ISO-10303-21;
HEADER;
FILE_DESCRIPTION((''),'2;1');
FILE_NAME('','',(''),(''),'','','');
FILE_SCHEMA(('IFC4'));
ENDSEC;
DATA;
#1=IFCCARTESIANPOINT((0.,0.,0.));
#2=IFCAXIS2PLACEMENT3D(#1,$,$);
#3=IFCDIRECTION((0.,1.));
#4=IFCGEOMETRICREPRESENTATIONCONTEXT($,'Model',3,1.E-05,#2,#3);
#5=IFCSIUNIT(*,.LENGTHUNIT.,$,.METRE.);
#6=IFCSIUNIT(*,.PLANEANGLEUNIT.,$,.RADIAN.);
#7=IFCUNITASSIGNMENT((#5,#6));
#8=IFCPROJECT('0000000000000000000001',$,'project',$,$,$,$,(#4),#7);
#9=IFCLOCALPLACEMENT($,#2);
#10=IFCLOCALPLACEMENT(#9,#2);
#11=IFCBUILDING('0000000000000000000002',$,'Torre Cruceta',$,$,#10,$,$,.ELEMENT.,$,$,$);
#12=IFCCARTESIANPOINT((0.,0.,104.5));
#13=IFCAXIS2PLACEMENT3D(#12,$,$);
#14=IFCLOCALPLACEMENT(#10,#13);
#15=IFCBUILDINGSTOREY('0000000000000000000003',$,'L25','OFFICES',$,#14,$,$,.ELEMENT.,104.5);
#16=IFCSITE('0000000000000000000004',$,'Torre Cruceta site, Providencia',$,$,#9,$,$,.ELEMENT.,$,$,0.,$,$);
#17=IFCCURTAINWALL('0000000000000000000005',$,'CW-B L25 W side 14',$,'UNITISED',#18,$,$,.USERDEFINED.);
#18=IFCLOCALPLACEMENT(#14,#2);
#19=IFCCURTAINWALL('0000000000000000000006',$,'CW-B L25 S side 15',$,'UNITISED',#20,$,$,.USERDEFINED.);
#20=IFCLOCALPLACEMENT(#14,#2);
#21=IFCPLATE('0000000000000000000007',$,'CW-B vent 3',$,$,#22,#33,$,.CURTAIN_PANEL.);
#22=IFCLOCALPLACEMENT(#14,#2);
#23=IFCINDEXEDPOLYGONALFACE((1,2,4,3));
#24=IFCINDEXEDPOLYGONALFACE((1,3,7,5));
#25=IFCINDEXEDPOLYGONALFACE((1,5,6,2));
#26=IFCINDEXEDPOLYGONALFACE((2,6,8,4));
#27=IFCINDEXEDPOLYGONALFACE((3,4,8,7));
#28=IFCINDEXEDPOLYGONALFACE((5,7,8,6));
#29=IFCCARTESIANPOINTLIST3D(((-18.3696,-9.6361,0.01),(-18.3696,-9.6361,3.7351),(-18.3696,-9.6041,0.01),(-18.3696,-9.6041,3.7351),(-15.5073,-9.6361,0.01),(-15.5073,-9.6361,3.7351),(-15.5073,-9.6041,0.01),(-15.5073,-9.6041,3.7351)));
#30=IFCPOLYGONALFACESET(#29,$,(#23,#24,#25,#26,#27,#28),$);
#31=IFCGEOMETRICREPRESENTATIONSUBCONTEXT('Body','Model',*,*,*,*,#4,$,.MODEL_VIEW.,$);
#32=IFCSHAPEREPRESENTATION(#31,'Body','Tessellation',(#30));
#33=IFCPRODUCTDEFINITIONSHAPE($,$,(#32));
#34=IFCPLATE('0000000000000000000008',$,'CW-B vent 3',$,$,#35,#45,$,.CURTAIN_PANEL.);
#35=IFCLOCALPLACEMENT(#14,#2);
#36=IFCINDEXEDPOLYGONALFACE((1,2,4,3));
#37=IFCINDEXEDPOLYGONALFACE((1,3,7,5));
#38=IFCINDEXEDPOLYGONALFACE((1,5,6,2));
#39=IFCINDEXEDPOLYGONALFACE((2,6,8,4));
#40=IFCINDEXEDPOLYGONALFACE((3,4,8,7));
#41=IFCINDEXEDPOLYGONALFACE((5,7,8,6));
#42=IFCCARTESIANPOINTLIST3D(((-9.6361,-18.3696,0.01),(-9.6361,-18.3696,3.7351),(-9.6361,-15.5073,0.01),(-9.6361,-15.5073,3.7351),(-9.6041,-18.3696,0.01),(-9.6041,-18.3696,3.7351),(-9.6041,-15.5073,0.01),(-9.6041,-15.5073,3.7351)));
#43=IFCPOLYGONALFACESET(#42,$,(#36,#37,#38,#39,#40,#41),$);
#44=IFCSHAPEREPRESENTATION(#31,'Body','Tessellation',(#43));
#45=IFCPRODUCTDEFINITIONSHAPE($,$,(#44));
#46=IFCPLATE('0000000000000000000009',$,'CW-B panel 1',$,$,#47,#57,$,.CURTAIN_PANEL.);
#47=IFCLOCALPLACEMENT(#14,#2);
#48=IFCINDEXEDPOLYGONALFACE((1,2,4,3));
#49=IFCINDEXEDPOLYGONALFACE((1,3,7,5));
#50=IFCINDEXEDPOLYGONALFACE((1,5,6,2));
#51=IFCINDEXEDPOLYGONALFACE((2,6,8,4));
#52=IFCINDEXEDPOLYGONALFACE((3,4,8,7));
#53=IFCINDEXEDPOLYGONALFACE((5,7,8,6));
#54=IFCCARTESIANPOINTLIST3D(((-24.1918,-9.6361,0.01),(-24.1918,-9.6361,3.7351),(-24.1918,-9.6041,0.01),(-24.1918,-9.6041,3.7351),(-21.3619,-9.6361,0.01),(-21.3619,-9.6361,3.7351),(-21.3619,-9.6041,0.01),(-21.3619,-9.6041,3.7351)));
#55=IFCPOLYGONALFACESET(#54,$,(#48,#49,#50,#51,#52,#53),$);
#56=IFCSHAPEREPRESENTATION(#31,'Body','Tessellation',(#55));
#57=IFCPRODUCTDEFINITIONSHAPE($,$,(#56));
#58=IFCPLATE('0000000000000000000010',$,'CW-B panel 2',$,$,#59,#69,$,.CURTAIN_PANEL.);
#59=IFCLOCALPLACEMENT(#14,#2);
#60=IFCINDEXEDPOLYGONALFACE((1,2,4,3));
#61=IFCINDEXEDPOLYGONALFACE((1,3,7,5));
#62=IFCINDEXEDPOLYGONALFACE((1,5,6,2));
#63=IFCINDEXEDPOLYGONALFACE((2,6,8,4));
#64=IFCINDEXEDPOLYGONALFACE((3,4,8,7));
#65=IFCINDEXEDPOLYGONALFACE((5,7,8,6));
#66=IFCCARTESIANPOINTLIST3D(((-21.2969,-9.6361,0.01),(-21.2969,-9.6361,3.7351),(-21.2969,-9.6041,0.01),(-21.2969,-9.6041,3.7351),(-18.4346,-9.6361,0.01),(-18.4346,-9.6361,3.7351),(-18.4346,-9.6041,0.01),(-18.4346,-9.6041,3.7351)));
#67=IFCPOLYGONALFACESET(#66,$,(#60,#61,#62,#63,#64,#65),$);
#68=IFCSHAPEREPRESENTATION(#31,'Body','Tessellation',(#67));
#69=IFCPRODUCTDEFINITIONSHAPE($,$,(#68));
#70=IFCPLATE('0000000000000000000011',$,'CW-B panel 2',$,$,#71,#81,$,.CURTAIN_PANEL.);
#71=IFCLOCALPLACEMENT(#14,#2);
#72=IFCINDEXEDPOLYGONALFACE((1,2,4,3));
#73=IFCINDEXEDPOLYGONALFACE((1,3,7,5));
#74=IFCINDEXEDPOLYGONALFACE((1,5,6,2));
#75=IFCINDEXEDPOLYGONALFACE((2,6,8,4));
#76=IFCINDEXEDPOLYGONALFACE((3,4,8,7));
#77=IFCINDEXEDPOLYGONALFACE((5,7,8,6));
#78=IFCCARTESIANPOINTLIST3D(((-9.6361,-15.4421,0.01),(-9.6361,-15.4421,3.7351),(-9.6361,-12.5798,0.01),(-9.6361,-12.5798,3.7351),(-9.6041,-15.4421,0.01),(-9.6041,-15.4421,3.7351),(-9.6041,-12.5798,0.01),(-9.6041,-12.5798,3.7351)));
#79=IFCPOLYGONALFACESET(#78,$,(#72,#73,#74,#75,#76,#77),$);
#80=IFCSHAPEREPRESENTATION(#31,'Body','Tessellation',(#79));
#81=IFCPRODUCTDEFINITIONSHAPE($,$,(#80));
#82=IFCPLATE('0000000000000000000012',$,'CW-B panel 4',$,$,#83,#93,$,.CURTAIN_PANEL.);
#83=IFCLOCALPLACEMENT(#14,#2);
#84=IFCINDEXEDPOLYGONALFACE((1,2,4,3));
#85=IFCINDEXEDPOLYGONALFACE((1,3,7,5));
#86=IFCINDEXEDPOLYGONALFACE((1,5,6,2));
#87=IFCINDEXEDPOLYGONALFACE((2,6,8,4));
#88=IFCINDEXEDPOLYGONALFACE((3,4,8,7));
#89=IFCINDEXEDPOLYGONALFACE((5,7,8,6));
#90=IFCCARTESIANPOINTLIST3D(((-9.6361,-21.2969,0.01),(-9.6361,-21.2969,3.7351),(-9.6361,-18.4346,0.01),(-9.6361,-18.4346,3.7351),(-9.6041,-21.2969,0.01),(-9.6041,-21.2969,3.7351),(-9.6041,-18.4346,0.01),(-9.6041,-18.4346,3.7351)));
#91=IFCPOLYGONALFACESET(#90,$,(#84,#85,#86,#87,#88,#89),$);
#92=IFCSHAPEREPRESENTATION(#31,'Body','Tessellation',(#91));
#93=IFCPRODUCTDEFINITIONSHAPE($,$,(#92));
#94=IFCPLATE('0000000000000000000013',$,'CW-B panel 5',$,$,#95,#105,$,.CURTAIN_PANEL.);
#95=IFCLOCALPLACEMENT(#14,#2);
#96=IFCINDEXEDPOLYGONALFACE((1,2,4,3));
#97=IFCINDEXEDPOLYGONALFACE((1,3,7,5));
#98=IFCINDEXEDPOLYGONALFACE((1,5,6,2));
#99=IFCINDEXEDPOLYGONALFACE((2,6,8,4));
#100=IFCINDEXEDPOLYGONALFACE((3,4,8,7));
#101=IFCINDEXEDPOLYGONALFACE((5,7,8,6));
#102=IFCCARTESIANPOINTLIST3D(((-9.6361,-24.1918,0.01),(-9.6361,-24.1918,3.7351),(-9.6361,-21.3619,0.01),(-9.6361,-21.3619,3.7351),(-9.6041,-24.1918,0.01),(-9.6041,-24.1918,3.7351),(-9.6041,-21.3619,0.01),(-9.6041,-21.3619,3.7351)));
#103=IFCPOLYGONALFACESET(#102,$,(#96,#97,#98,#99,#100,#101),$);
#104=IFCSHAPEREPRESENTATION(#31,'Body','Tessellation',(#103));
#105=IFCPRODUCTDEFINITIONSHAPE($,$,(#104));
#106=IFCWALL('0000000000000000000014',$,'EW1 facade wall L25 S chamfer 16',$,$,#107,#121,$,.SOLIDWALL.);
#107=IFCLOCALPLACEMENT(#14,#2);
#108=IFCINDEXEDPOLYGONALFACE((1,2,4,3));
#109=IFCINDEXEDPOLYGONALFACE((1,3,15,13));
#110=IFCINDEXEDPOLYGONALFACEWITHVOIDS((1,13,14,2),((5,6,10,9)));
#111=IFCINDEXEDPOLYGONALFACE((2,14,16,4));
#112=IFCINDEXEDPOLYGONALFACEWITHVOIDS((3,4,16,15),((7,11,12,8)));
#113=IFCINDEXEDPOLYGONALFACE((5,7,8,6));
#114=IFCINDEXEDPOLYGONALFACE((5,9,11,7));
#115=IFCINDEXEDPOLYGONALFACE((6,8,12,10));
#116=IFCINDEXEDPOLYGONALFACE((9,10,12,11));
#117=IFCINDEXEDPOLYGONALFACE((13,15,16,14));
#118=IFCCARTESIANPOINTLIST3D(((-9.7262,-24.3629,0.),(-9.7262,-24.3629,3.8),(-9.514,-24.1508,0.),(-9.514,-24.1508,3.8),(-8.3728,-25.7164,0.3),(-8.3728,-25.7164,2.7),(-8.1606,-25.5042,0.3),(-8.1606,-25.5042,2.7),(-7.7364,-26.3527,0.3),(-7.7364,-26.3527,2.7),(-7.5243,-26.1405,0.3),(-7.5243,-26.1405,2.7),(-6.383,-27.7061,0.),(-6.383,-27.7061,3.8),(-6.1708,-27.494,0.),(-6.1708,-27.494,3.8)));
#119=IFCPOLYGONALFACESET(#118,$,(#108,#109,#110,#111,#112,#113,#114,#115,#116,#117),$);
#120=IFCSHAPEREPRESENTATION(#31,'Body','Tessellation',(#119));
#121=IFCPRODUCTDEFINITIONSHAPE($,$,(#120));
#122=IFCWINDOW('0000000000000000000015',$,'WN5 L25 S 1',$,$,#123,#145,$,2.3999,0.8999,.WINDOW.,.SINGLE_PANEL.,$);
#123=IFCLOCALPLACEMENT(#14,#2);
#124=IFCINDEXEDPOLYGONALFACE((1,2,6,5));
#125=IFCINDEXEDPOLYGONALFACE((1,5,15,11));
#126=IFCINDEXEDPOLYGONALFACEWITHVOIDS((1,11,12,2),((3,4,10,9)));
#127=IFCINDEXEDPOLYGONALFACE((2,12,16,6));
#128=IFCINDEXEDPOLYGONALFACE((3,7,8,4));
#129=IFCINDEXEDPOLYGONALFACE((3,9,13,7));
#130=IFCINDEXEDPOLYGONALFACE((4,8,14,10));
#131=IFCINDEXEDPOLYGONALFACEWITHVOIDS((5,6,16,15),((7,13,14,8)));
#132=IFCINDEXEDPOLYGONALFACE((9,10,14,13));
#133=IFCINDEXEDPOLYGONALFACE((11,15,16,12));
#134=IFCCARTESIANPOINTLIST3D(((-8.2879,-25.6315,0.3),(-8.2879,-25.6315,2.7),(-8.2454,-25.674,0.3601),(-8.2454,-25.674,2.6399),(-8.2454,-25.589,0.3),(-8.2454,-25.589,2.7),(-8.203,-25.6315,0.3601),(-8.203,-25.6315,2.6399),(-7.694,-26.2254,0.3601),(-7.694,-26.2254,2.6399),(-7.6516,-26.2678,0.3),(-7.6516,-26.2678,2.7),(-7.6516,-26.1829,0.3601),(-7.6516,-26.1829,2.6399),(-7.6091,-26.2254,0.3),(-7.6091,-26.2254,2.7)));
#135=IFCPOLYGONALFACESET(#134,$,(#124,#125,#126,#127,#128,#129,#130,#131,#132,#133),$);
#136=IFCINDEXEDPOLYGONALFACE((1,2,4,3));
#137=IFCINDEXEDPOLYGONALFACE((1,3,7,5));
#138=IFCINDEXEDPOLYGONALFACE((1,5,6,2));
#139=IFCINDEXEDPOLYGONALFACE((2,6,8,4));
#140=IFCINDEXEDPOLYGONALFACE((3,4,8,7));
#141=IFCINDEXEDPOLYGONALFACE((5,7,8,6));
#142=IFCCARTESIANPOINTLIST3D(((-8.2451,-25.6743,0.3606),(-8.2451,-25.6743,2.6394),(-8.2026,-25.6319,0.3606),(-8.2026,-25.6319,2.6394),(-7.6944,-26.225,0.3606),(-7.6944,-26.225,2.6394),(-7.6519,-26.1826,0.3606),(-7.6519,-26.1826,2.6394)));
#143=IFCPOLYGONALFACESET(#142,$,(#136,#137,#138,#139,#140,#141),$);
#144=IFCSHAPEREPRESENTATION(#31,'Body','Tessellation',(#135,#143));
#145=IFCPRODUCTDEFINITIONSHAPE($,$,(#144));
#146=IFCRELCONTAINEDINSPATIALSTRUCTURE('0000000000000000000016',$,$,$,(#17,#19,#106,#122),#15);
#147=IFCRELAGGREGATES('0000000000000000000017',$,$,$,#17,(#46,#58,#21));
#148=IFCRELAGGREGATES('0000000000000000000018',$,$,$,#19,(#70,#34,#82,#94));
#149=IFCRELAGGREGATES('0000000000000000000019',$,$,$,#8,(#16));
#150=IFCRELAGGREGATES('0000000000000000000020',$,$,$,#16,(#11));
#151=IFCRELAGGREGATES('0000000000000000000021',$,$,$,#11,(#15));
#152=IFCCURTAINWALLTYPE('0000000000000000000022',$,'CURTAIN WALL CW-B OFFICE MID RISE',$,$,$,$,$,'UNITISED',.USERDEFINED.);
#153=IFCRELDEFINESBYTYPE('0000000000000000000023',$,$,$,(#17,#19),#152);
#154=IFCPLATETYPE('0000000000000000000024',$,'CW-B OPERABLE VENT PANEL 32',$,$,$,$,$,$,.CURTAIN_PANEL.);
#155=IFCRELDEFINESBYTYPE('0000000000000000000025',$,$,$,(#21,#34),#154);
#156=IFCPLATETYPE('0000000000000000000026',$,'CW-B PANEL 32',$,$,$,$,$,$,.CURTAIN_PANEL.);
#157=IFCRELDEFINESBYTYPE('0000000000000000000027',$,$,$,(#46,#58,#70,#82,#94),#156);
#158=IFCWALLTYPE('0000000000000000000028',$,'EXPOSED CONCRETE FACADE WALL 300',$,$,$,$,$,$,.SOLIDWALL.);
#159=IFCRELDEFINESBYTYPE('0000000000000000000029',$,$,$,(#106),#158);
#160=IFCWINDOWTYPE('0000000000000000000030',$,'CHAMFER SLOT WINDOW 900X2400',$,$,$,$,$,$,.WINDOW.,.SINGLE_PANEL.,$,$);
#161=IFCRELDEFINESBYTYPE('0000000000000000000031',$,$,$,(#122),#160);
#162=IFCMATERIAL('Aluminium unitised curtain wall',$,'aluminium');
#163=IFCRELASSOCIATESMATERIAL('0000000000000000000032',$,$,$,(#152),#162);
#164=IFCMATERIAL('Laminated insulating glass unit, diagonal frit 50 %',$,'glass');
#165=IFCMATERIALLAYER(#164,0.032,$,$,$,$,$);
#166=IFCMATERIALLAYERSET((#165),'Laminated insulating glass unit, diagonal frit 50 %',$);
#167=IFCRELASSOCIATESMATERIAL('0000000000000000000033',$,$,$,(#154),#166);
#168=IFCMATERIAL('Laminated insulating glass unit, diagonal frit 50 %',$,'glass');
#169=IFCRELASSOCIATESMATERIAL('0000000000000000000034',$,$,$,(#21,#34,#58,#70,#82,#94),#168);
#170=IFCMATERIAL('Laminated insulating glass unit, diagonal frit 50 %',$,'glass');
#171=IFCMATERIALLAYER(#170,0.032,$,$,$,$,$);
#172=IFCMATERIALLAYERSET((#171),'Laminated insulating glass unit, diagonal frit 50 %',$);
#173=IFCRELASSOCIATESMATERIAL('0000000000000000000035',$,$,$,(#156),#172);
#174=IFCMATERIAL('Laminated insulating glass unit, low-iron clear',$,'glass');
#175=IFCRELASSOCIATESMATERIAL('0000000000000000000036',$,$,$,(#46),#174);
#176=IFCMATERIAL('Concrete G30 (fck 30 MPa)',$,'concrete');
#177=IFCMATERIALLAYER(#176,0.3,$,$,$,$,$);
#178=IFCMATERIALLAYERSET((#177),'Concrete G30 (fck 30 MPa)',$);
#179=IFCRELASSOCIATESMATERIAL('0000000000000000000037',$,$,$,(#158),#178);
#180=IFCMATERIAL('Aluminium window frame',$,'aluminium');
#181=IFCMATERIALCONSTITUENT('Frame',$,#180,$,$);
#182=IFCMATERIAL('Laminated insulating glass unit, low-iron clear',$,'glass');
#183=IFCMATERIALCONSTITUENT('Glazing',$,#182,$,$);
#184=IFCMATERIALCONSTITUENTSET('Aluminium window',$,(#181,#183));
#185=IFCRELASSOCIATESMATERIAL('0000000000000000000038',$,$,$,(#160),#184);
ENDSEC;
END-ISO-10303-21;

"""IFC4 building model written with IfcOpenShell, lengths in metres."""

from ifc_helpers import new_model, si_unit, direction, frame, frame_2d, origin, origin_2d, place, context, subcontext, project, spatial, rectangle, hollow_rectangle, extrude, material, layer, layer_set, constituent, constituent_set, type_object, element, fill, aggregate, save


model = new_model("IFC4")

# Units and contexts
model_context = context("Model", 3, precision=1e-05, world=origin(), true_north=direction((0.0, 1.0)))
body_context = subcontext(model_context, "Body", "Model", "MODEL_VIEW")
ifc_project = project(units=[si_unit("LENGTHUNIT", "METRE"), si_unit("PLANEANGLEUNIT", "RADIAN")], contexts=[model_context])

# Site, building, storey
site_placement = place(None, origin())
site = spatial("IfcSite", under=ifc_project, at=site_placement, Name="Torre Cruceta site, Providencia", CompositionType="ELEMENT", RefElevation=0.0)
building_placement = place(site_placement, origin())
building = spatial("IfcBuilding", under=site, at=building_placement, Name="Torre Cruceta", CompositionType="ELEMENT")
storey_placement = place(building_placement, frame((0.0, 0.0, 104.5)))
storey = spatial("IfcBuildingStorey", under=building, at=storey_placement, Name="L25", Description="OFFICES", CompositionType="ELEMENT", Elevation=104.5)

# Curtain walls
ifc_material_1 = material(Name="Aluminium unitised curtain wall", Category="aluminium")
curtain_wall_type = type_object("IfcCurtainWallType", Name="CURTAIN WALL CW-B OFFICE MID RISE", ElementType="UNITISED", PredefinedType="USERDEFINED", material=ifc_material_1)
curtain_wall_1_placement = place(storey_placement, origin())
curtain_wall_1 = element("IfcCurtainWall", 1, at=curtain_wall_1_placement, inside=storey, type_object=curtain_wall_type, Name="CW-B L25 W side 14", ObjectType="UNITISED", PredefinedType="USERDEFINED")
curtain_wall_2_placement = place(storey_placement, origin())
curtain_wall_2 = element("IfcCurtainWall", 2, at=curtain_wall_2_placement, inside=storey, type_object=curtain_wall_type, Name="CW-B L25 S side 15", ObjectType="UNITISED", PredefinedType="USERDEFINED")

# Plates
ifc_material_2 = material(Name="Laminated insulating glass unit, diagonal frit 50 %", Category="glass")
ifc_material_3 = material(Name="Laminated insulating glass unit, diagonal frit 50 %", Category="glass")
ifc_layer_1 = layer(ifc_material_3, 0.032)
ifc_layer_set_1 = layer_set([ifc_layer_1], Name="Laminated insulating glass unit, diagonal frit 50 %")
plate_type_1 = type_object("IfcPlateType", Name="CW-B OPERABLE VENT PANEL 32", PredefinedType="CURTAIN_PANEL", material=ifc_layer_set_1)
plate_1_placement = place(storey_placement, frame((-16.9385, -9.6201, 0.01), z_axis=(0.0, 0.0, 1.0), x_axis=(1.0, 0.0, 0.0)))
plate_1 = element("IfcPlate", 3, at=plate_1_placement, type_object=plate_type_1, material=ifc_material_2, Name="CW-B vent 3", PredefinedType="CURTAIN_PANEL", context=body_context, shape_type="SweptSolid", body=[
    extrude(rectangle(XDim=2.8623, YDim=0.032, at=origin_2d()), origin(), (0.0, 0.0, 1.0), 3.7251),
])
plate_2_placement = place(storey_placement, frame((-9.6201, -16.9385, 0.01), z_axis=(0.0, 0.0, 1.0), x_axis=(0.0, -1.0, 0.0)))
plate_2 = element("IfcPlate", 4, at=plate_2_placement, type_object=plate_type_1, material=ifc_material_2, Name="CW-B vent 3", PredefinedType="CURTAIN_PANEL", context=body_context, shape_type="SweptSolid", body=[
    extrude(rectangle(XDim=2.8623, YDim=0.032, at=origin_2d()), origin(), (0.0, 0.0, 1.0), 3.7251),
])
ifc_material_4 = material(Name="Laminated insulating glass unit, low-iron clear", Category="glass")
ifc_material_5 = material(Name="Laminated insulating glass unit, diagonal frit 50 %", Category="glass")
ifc_layer_2 = layer(ifc_material_5, 0.032)
ifc_layer_set_2 = layer_set([ifc_layer_2], Name="Laminated insulating glass unit, diagonal frit 50 %")
plate_type_2 = type_object("IfcPlateType", Name="CW-B PANEL 32", PredefinedType="CURTAIN_PANEL", material=ifc_layer_set_2)
plate_3_placement = place(storey_placement, frame((-22.7769, -9.6201, 0.01), z_axis=(0.0, 0.0, 1.0), x_axis=(1.0, 0.0, 0.0)))
plate_3 = element("IfcPlate", 5, at=plate_3_placement, type_object=plate_type_2, material=ifc_material_4, Name="CW-B panel 1", PredefinedType="CURTAIN_PANEL", context=body_context, shape_type="SweptSolid", body=[
    extrude(rectangle(XDim=2.8298, YDim=0.032, at=origin_2d()), origin(), (0.0, 0.0, 1.0), 3.7251),
])
plate_4_placement = place(storey_placement, frame((-19.8657, -9.6201, 0.01), z_axis=(0.0, 0.0, 1.0), x_axis=(1.0, 0.0, 0.0)))
plate_4 = element("IfcPlate", 6, at=plate_4_placement, type_object=plate_type_2, material=ifc_material_2, Name="CW-B panel 2", PredefinedType="CURTAIN_PANEL", context=body_context, shape_type="SweptSolid", body=[
    extrude(rectangle(XDim=2.8623, YDim=0.032, at=origin_2d()), origin(), (0.0, 0.0, 1.0), 3.7251),
])
aggregate(curtain_wall_1, [plate_3, plate_4, plate_1])
plate_5_placement = place(storey_placement, frame((-9.6201, -14.011, 0.01), z_axis=(0.0, 0.0, 1.0), x_axis=(0.0, -1.0, 0.0)))
plate_5 = element("IfcPlate", 7, at=plate_5_placement, type_object=plate_type_2, material=ifc_material_2, Name="CW-B panel 2", PredefinedType="CURTAIN_PANEL", context=body_context, shape_type="SweptSolid", body=[
    extrude(rectangle(XDim=2.8623, YDim=0.032, at=origin_2d()), origin(), (0.0, 0.0, 1.0), 3.7251),
])
plate_6_placement = place(storey_placement, frame((-9.6201, -19.8657, 0.01), z_axis=(0.0, 0.0, 1.0), x_axis=(0.0, -1.0, 0.0)))
plate_6 = element("IfcPlate", 8, at=plate_6_placement, type_object=plate_type_2, material=ifc_material_2, Name="CW-B panel 4", PredefinedType="CURTAIN_PANEL", context=body_context, shape_type="SweptSolid", body=[
    extrude(rectangle(XDim=2.8623, YDim=0.032, at=origin_2d()), origin(), (0.0, 0.0, 1.0), 3.7251),
])
plate_7_placement = place(storey_placement, frame((-9.6201, -22.7769, 0.01), z_axis=(0.0, 0.0, 1.0), x_axis=(0.0, -1.0, 0.0)))
plate_7 = element("IfcPlate", 9, at=plate_7_placement, type_object=plate_type_2, material=ifc_material_2, Name="CW-B panel 5", PredefinedType="CURTAIN_PANEL", context=body_context, shape_type="SweptSolid", body=[
    extrude(rectangle(XDim=2.8298, YDim=0.032, at=origin_2d()), origin(), (0.0, 0.0, 1.0), 3.7251),
])
aggregate(curtain_wall_2, [plate_5, plate_2, plate_6, plate_7])

# Wall, opening, window
ifc_material_6 = material(Name="Concrete G30 (fck 30 MPa)", Category="concrete")
ifc_layer_3 = layer(ifc_material_6, 0.3)
ifc_layer_set_3 = layer_set([ifc_layer_3], Name="Concrete G30 (fck 30 MPa)")
wall_type = type_object("IfcWallType", Name="EXPOSED CONCRETE FACADE WALL 300", PredefinedType="SOLIDWALL", material=ifc_layer_set_3)
wall_placement = place(storey_placement, frame((-9.6201, -24.2568, 0.0), z_axis=(0.0, 0.0, 1.0), x_axis=(0.707107, -0.707107, 0.0)))
wall = element("IfcWall", 10, at=wall_placement, inside=storey, type_object=wall_type, Name="EW1 facade wall L25 S chamfer 16", PredefinedType="SOLIDWALL", context=body_context, shape_type="SweptSolid", body=[
    extrude(rectangle(XDim=4.728, YDim=0.3, at=frame_2d((2.364, 0.0))), origin(), (0.0, 0.0, 1.0), 3.8),
])
opening_placement = place(wall_placement, frame((1.9141, 0.0, 0.3)))
opening = element("IfcOpeningElement", 11, at=opening_placement, cuts=wall, PredefinedType="OPENING", context=body_context, shape_type="SweptSolid", body=[
    extrude(rectangle(XDim=0.8999, YDim=2.3999, at=frame_2d((0.45, 1.2))), frame((0.0, 0.1599, 0.0), z_axis=(0.0, -1.0, 0.0), x_axis=(1.0, 0.0, 0.0)), (0.0, 0.0, 1.0), 0.3201),
])
ifc_material_7 = material(Name="Aluminium window frame", Category="aluminium")
ifc_constituent_1 = constituent(ifc_material_7, Name="Frame")
ifc_material_8 = material(Name="Laminated insulating glass unit, low-iron clear", Category="glass")
ifc_constituent_2 = constituent(ifc_material_8, Name="Glazing")
ifc_constituent_set = constituent_set(constituents=[ifc_constituent_1, ifc_constituent_2], Name="Aluminium window")
window_type = type_object("IfcWindowType", Name="CHAMFER SLOT WINDOW 900X2400", PartitioningType="SINGLE_PANEL", PredefinedType="WINDOW", material=ifc_constituent_set)
window_placement = place(opening_placement, origin())
window = element("IfcWindow", 12, at=window_placement, inside=storey, type_object=window_type, Name="WN5 L25 S 1", OverallHeight=2.3999, OverallWidth=0.8999, PartitioningType="SINGLE_PANEL", PredefinedType="WINDOW", context=body_context, shape_type="SweptSolid", body=[
    extrude(hollow_rectangle(XDim=0.8999, YDim=2.3999, WallThickness=0.0601, at=frame_2d((0.45, 1.2))), frame((0.0, 0.03, 0.0), z_axis=(0.0, -1.0, 0.0), x_axis=(1.0, 0.0, 0.0)), (0.0, 0.0, 1.0), 0.0601),
    extrude(rectangle(XDim=0.7788, YDim=2.2788, at=frame_2d((0.45, 1.2))), frame((0.0, 0.03, 0.0), z_axis=(0.0, -1.0, 0.0), x_axis=(1.0, 0.0, 0.0)), (0.0, 0.0, 1.0), 0.0601),
])
fill(opening, window)

save(model, "model.ifc")
